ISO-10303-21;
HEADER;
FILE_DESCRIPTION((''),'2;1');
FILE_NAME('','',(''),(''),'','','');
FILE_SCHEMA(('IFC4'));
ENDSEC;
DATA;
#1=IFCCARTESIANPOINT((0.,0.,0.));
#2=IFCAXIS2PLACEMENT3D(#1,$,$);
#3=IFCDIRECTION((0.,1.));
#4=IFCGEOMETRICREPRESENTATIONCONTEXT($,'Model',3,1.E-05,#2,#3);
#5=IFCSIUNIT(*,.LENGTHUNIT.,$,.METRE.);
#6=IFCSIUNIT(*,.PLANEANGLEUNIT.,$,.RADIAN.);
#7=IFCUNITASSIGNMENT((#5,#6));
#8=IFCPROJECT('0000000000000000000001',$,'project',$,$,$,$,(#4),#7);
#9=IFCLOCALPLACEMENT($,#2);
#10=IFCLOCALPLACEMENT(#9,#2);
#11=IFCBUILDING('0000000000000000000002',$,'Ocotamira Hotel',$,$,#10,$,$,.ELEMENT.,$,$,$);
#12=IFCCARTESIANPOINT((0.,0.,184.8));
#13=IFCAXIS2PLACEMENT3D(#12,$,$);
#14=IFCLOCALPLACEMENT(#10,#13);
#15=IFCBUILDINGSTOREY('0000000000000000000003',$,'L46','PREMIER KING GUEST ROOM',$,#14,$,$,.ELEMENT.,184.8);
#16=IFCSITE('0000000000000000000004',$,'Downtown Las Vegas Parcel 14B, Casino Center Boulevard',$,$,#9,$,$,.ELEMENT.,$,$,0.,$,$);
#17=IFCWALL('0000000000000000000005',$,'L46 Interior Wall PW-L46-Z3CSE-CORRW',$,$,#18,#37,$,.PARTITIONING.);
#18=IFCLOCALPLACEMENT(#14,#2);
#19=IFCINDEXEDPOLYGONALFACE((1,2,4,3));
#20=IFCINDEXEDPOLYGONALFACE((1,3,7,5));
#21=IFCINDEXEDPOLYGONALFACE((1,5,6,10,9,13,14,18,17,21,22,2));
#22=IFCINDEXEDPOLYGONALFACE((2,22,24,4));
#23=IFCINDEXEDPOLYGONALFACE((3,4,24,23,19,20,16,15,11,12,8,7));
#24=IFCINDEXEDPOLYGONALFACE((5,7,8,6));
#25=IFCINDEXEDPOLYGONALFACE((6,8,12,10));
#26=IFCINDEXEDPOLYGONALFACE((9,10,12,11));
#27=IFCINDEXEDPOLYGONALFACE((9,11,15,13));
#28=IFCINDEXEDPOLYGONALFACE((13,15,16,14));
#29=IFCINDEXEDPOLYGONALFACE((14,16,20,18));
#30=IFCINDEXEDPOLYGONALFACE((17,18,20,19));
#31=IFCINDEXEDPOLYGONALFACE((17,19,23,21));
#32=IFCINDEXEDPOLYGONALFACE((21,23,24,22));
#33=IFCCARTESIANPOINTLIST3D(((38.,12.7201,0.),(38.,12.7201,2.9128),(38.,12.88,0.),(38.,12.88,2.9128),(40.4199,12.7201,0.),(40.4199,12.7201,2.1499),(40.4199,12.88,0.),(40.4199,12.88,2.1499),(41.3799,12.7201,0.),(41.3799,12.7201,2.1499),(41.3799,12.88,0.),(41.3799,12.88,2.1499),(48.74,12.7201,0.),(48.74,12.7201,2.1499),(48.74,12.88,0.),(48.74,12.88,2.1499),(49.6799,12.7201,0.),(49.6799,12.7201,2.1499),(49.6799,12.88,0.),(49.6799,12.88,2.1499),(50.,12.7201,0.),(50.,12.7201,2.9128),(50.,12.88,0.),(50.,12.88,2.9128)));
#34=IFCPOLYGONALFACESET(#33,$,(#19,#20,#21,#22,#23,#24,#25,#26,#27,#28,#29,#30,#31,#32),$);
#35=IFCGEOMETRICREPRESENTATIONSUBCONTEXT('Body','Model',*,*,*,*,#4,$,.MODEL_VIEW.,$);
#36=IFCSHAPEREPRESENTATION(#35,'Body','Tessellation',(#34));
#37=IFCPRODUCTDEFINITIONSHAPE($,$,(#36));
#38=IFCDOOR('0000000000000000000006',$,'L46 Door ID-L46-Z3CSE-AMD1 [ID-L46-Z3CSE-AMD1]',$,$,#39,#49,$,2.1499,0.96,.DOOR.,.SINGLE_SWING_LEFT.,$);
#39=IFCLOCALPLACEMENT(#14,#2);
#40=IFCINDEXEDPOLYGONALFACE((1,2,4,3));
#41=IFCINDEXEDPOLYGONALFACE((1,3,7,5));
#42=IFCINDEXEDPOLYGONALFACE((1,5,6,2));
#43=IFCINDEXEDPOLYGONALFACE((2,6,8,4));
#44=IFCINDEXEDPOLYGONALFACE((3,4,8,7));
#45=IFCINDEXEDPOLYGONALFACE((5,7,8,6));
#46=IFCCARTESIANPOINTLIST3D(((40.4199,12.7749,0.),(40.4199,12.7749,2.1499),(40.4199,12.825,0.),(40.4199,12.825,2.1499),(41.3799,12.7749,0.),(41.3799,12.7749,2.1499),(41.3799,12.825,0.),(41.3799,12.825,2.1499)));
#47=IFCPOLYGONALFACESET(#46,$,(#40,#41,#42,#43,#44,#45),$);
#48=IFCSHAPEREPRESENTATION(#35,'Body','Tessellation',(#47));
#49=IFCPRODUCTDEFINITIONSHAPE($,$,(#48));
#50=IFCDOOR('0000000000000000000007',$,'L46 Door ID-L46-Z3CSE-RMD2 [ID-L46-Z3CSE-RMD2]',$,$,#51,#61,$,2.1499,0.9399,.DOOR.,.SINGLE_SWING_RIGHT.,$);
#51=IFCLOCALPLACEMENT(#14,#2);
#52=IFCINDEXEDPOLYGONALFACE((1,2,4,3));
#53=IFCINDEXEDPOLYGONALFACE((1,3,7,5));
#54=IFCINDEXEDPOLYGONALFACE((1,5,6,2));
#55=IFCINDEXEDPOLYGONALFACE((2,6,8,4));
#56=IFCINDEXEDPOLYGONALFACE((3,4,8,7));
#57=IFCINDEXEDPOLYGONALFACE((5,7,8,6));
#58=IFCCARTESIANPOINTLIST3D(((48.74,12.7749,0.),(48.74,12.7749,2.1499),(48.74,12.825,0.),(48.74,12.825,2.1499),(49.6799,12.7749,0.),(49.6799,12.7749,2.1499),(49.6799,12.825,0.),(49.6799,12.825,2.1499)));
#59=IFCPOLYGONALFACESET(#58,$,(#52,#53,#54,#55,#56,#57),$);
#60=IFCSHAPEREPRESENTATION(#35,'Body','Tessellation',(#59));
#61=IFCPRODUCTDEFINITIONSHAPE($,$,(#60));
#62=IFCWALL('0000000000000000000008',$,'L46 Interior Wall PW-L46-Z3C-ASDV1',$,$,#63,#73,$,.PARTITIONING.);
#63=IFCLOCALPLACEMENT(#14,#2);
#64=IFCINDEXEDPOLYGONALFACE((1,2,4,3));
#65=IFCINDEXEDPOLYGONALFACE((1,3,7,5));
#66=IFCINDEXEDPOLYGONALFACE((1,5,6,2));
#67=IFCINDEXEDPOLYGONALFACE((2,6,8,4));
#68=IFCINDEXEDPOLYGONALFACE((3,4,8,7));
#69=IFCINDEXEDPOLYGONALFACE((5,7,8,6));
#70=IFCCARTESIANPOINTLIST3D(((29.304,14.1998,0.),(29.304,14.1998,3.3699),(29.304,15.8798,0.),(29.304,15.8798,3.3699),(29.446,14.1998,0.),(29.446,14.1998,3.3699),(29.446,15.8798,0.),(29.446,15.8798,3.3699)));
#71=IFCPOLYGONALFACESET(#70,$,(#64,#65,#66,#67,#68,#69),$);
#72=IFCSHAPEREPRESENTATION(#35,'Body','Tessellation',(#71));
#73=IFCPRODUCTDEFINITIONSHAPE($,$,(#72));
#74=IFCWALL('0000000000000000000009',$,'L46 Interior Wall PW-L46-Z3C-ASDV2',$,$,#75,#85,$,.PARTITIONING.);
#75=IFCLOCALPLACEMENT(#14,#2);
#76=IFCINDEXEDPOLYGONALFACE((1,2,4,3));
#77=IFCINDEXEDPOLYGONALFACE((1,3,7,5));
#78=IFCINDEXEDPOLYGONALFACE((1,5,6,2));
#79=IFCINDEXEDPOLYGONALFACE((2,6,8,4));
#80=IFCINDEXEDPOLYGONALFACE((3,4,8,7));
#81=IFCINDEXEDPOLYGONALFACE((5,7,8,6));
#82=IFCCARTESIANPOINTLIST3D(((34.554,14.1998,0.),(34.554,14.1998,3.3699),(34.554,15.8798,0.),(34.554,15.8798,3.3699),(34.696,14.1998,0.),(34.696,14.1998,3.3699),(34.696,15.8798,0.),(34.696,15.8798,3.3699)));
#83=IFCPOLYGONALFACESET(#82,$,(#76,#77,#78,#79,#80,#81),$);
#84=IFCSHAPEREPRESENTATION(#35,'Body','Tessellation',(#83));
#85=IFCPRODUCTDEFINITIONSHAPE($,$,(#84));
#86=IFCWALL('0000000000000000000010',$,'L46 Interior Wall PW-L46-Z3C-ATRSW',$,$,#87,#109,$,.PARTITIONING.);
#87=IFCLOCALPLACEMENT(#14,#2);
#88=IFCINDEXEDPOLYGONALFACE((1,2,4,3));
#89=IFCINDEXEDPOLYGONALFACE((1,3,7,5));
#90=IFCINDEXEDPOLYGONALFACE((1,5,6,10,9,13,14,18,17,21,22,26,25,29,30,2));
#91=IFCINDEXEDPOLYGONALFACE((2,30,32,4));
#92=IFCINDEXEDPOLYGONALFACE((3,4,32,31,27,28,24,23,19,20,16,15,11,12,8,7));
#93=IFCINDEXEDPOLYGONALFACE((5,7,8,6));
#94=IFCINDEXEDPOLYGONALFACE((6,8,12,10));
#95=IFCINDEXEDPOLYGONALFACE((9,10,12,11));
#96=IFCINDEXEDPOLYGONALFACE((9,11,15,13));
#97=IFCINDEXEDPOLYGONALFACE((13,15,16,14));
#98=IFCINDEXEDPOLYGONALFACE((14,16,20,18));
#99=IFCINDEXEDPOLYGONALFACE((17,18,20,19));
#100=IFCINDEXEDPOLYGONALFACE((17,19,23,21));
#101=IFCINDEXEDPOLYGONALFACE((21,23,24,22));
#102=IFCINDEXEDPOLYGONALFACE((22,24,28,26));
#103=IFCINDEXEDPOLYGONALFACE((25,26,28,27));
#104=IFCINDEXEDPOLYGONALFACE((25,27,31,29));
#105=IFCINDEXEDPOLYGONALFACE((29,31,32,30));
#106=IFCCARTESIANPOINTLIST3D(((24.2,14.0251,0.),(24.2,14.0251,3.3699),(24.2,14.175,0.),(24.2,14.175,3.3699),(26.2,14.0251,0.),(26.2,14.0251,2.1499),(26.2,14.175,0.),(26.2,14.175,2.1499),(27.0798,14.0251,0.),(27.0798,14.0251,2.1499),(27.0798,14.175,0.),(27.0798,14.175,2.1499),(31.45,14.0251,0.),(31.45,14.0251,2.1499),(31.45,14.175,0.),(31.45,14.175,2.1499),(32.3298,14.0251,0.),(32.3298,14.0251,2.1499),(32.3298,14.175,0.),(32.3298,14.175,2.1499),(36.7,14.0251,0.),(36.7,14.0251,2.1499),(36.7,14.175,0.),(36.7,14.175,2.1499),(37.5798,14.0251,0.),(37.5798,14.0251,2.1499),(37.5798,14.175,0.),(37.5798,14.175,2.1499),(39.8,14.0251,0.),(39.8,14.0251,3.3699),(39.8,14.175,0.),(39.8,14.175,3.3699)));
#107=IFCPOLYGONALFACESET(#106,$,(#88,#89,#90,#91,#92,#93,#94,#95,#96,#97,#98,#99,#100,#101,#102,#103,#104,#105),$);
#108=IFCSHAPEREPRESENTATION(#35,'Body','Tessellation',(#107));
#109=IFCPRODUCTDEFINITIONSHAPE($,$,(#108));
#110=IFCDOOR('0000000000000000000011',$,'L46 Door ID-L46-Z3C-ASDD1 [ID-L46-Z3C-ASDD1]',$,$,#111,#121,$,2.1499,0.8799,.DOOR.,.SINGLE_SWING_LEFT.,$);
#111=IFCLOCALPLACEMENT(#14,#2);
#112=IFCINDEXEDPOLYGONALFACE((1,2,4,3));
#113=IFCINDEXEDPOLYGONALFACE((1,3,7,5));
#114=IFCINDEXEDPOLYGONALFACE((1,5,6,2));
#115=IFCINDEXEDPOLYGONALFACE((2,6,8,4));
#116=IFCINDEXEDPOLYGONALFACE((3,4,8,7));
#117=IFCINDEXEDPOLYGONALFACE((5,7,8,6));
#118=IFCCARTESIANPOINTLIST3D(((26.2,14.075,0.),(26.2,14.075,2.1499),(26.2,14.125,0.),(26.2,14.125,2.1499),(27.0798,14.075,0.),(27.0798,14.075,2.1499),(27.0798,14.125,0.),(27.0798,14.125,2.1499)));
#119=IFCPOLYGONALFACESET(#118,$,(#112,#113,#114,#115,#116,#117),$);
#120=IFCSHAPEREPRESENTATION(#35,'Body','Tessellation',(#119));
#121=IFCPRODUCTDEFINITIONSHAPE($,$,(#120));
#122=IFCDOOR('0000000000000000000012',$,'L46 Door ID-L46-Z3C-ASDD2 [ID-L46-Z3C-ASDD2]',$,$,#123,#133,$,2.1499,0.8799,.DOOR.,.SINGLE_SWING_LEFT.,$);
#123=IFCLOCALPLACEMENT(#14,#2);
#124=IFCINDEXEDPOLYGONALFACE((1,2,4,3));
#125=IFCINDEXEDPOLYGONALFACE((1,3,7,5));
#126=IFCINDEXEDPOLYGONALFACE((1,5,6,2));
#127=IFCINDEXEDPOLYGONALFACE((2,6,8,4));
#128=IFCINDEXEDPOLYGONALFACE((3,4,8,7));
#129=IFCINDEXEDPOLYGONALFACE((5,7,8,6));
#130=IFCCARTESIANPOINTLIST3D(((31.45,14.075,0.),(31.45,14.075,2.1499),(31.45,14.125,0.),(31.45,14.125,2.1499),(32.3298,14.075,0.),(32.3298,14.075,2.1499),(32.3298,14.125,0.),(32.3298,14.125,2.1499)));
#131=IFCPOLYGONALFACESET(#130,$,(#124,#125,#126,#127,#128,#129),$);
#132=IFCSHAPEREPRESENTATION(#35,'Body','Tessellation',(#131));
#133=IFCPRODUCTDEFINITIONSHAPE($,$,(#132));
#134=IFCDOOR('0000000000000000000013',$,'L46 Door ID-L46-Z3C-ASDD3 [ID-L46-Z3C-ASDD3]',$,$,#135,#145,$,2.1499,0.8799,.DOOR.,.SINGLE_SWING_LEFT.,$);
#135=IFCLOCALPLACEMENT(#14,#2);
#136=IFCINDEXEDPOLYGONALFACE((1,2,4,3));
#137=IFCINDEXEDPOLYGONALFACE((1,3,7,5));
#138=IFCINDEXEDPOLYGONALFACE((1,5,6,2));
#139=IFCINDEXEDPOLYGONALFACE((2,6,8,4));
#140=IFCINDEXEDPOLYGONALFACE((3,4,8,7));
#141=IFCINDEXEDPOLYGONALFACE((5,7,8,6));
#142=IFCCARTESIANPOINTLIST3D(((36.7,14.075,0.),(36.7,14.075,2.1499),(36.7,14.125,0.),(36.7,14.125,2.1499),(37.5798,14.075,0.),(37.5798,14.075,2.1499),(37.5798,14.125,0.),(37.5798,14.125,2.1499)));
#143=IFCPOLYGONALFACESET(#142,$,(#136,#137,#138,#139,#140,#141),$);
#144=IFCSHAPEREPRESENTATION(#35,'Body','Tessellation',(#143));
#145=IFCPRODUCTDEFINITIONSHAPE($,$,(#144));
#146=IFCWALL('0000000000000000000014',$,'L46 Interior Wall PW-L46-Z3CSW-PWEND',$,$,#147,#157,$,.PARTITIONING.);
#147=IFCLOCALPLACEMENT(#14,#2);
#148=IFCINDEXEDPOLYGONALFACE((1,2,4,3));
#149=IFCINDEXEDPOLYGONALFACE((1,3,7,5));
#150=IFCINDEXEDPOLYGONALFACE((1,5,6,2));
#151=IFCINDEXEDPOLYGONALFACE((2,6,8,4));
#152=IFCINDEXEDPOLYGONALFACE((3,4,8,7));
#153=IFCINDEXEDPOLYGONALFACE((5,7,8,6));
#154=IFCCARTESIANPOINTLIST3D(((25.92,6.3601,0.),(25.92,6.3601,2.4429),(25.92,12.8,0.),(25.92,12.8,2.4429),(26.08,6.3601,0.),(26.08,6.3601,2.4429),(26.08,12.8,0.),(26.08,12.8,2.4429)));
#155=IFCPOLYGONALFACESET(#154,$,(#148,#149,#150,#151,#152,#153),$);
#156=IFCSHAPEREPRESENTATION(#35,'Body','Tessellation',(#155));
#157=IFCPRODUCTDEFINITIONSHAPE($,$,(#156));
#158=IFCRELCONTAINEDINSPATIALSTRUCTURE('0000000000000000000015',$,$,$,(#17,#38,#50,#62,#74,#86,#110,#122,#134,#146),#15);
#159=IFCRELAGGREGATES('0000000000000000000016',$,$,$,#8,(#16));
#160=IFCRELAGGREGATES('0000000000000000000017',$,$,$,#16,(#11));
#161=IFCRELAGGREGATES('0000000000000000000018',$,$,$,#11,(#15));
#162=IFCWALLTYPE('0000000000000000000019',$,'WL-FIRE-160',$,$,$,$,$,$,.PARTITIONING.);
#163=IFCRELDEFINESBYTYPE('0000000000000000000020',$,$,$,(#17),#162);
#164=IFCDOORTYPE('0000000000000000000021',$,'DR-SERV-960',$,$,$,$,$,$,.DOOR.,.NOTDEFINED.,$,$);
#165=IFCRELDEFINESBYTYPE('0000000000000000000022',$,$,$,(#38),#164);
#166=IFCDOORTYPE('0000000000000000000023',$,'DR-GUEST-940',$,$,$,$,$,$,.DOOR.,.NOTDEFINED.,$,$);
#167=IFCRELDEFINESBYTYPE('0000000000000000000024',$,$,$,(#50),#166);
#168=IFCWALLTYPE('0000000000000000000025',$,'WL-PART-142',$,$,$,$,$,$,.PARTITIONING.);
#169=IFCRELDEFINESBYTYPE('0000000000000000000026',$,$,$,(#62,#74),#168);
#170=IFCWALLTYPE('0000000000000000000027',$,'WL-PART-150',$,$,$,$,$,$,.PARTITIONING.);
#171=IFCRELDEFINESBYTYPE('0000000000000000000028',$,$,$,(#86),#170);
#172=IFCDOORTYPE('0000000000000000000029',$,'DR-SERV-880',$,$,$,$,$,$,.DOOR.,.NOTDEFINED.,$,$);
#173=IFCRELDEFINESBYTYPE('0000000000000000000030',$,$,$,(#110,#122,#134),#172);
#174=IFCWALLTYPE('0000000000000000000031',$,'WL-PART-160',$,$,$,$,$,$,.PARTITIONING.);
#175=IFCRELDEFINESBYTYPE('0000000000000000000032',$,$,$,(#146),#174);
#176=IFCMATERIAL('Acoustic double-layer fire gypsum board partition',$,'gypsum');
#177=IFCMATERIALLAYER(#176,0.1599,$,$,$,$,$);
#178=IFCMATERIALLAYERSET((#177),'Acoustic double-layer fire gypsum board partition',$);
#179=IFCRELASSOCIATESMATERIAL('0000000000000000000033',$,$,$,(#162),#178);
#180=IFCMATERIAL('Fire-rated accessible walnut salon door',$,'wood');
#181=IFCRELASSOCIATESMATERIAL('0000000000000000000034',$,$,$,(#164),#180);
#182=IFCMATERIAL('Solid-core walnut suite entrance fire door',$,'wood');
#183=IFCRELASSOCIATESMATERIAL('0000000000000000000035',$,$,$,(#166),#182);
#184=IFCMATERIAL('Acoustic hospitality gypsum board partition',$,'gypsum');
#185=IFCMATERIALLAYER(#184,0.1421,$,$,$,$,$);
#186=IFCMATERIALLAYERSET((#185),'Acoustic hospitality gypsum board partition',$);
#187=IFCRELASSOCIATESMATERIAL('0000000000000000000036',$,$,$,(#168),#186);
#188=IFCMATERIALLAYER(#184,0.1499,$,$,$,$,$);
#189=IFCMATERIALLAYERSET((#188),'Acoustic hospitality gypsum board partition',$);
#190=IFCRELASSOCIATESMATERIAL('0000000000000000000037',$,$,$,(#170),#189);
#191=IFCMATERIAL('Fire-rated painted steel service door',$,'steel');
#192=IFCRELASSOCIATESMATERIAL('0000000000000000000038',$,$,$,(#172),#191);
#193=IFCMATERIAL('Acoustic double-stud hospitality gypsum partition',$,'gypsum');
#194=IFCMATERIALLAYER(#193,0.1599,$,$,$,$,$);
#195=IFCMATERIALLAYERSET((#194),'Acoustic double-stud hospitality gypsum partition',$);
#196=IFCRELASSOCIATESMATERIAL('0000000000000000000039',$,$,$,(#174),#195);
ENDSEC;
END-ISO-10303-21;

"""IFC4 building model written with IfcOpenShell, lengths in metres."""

from ifc_helpers import new_model, si_unit, direction, frame, frame_2d, origin, place, context, subcontext, project, spatial, rectangle, extrude, source, transform, mapped, material, layer, layer_set, type_object, element, fill, save


model = new_model("IFC4")

# Units and contexts
model_context = context("Model", 3, precision=1e-05, world=origin(), true_north=direction((0.0, 1.0)))
body_context = subcontext(model_context, "Body", "Model", "MODEL_VIEW")
ifc_project = project(units=[si_unit("LENGTHUNIT", "METRE"), si_unit("PLANEANGLEUNIT", "RADIAN")], contexts=[model_context])

# Site, building, storey
site_placement = place(None, origin())
site = spatial("IfcSite", under=ifc_project, at=site_placement, Name="Downtown Las Vegas Parcel 14B, Casino Center Boulevard", CompositionType="ELEMENT", RefElevation=0.0)
building_placement = place(site_placement, origin())
building = spatial("IfcBuilding", under=site, at=building_placement, Name="Ocotamira Hotel", CompositionType="ELEMENT")
storey_placement = place(building_placement, frame((0.0, 0.0, 184.8)))
storey = spatial("IfcBuildingStorey", under=building, at=storey_placement, Name="L46", Description="PREMIER KING GUEST ROOM", CompositionType="ELEMENT", Elevation=184.8)

# Shared definitions
ifc_material_1 = material(Name="Acoustic double-layer fire gypsum board partition", Category="gypsum")
ifc_layer_1 = layer(ifc_material_1, 0.1599)
ifc_layer_set_1 = layer_set([ifc_layer_1], Name="Acoustic double-layer fire gypsum board partition")
wall_type_1 = type_object("IfcWallType", Name="WL-FIRE-160", PredefinedType="PARTITIONING", material=ifc_layer_set_1)
ifc_material_2 = material(Name="Fire-rated accessible walnut salon door", Category="wood")
door_type_1 = type_object("IfcDoorType", Name="DR-SERV-960", OperationType="NOTDEFINED", PredefinedType="DOOR", material=ifc_material_2)
shared_shape_1 = source(origin(), body_context, "Body", "SweptSolid", [
    extrude(rectangle(XDim=0.96, YDim=2.1499, at=frame_2d((0.48, 1.075))), frame((0.0, 0.0249, 0.0), z_axis=(0.0, -1.0, 0.0), x_axis=(1.0, 0.0, 0.0)), (0.0, 0.0, 1.0), 0.05),
])

# Wall, openings, doors
wall_1_placement = place(storey_placement, frame((38.0, 12.8, 0.0), z_axis=(0.0, 0.0, 1.0), x_axis=(1.0, 0.0, 0.0)))
wall_1 = element("IfcWall", 1, at=wall_1_placement, inside=storey, type_object=wall_type_1, Name="L46 Interior Wall PW-L46-Z3CSE-CORRW", PredefinedType="PARTITIONING", context=body_context, shape_type="SweptSolid", body=[
    extrude(rectangle(XDim=12.0, YDim=0.1599, at=frame_2d((6.0, 0.0))), origin(), (0.0, 0.0, 1.0), 2.9128),
])
opening_1_placement = place(wall_1_placement, frame((2.4199, 0.0, 0.0)))
opening_1 = element("IfcOpeningElement", 2, at=opening_1_placement, cuts=wall_1, PredefinedType="OPENING", context=body_context, shape_type="SweptSolid", body=[
    extrude(rectangle(XDim=0.96, YDim=2.1499, at=frame_2d((0.48, 1.075))), frame((0.0, 0.0898, 0.0), z_axis=(0.0, -1.0, 0.0), x_axis=(1.0, 0.0, 0.0)), (0.0, 0.0, 1.0), 0.1799),
])
opening_2_placement = place(wall_1_placement, frame((10.74, 0.0, 0.0)))
opening_2 = element("IfcOpeningElement", 3, at=opening_2_placement, cuts=wall_1, PredefinedType="OPENING", context=body_context, shape_type="SweptSolid", body=[
    extrude(rectangle(XDim=0.9399, YDim=2.1499, at=frame_2d((0.47, 1.075))), frame((0.0, 0.0898, 0.0), z_axis=(0.0, -1.0, 0.0), x_axis=(1.0, 0.0, 0.0)), (0.0, 0.0, 1.0), 0.1799),
])
door_1_placement = place(opening_1_placement, origin())
door_1 = element("IfcDoor", 4, at=door_1_placement, inside=storey, type_object=door_type_1, Name="L46 Door ID-L46-Z3CSE-AMD1 [ID-L46-Z3CSE-AMD1]", OperationType="SINGLE_SWING_LEFT", OverallHeight=2.1499, OverallWidth=0.96, PredefinedType="DOOR", context=body_context, shape_type="MappedRepresentation", body=[
    mapped(shared_shape_1, transform((0.0, 0.0, 0.0), scale=1.0)),
])
fill(opening_1, door_1)
ifc_material_3 = material(Name="Solid-core walnut suite entrance fire door", Category="wood")
door_type_2 = type_object("IfcDoorType", Name="DR-GUEST-940", OperationType="NOTDEFINED", PredefinedType="DOOR", material=ifc_material_3)
shared_shape_2 = source(origin(), body_context, "Body", "SweptSolid", [
    extrude(rectangle(XDim=0.9399, YDim=2.1499, at=frame_2d((0.47, 1.075))), frame((0.0, 0.0249, 0.0), z_axis=(0.0, -1.0, 0.0), x_axis=(1.0, 0.0, 0.0)), (0.0, 0.0, 1.0), 0.05),
])
door_2_placement = place(opening_2_placement, origin())
door_2 = element("IfcDoor", 5, at=door_2_placement, inside=storey, type_object=door_type_2, Name="L46 Door ID-L46-Z3CSE-RMD2 [ID-L46-Z3CSE-RMD2]", OperationType="SINGLE_SWING_RIGHT", OverallHeight=2.1499, OverallWidth=0.9399, PredefinedType="DOOR", context=body_context, shape_type="MappedRepresentation", body=[
    mapped(shared_shape_2, transform((0.0, 0.0, 0.0), scale=1.0)),
])
fill(opening_2, door_2)

# Walls
ifc_material_4 = material(Name="Acoustic hospitality gypsum board partition", Category="gypsum")
ifc_layer_2 = layer(ifc_material_4, 0.1421)
ifc_layer_set_2 = layer_set([ifc_layer_2], Name="Acoustic hospitality gypsum board partition")
wall_type_2 = type_object("IfcWallType", Name="WL-PART-142", PredefinedType="PARTITIONING", material=ifc_layer_set_2)
for number, where, z_axis, x_axis, name in (
    (6, (29.375, 14.2, 0.0), (0.0, 0.0, 1.0), (0.0, 1.0, 0.0), "L46 Interior Wall PW-L46-Z3C-ASDV1"),
    (7, (34.625, 14.2, 0.0), (0.0, 0.0, 1.0), (0.0, 1.0, 0.0), "L46 Interior Wall PW-L46-Z3C-ASDV2"),
):
    element("IfcWall", number, at=place(storey_placement, frame(where, z_axis=z_axis, x_axis=x_axis)), inside=storey, type_object=wall_type_2, Name=name, PredefinedType="PARTITIONING", context=body_context, shape_type="SweptSolid", body=[
        extrude(rectangle(XDim=1.6799, YDim=0.1421, at=frame_2d((0.8398, 0.0))), origin(), (0.0, 0.0, 1.0), 3.3699),
    ])

# Wall, openings, doors
ifc_layer_3 = layer(ifc_material_4, 0.1499)
ifc_layer_set_3 = layer_set([ifc_layer_3], Name="Acoustic hospitality gypsum board partition")
wall_type_3 = type_object("IfcWallType", Name="WL-PART-150", PredefinedType="PARTITIONING", material=ifc_layer_set_3)
wall_2_placement = place(storey_placement, frame((24.2, 14.1001, 0.0), z_axis=(0.0, 0.0, 1.0), x_axis=(1.0, 0.0, 0.0)))
wall_2 = element("IfcWall", 8, at=wall_2_placement, inside=storey, type_object=wall_type_3, Name="L46 Interior Wall PW-L46-Z3C-ATRSW", PredefinedType="PARTITIONING", context=body_context, shape_type="SweptSolid", body=[
    extrude(rectangle(XDim=15.6001, YDim=0.1499, at=frame_2d((7.8, 0.0))), origin(), (0.0, 0.0, 1.0), 3.3699),
])
opening_3_placement = place(wall_2_placement, frame((2.0, 0.0, 0.0)))
opening_3 = element("IfcOpeningElement", 9, at=opening_3_placement, cuts=wall_2, PredefinedType="OPENING", context=body_context, shape_type="SweptSolid", body=[
    extrude(rectangle(XDim=0.8799, YDim=2.1499, at=frame_2d((0.4399, 1.075))), frame((0.0, 0.085, 0.0), z_axis=(0.0, -1.0, 0.0), x_axis=(1.0, 0.0, 0.0)), (0.0, 0.0, 1.0), 0.1699),
])
opening_4_placement = place(wall_2_placement, frame((7.25, 0.0, 0.0)))
opening_4 = element("IfcOpeningElement", 10, at=opening_4_placement, cuts=wall_2, PredefinedType="OPENING", context=body_context, shape_type="SweptSolid", body=[
    extrude(rectangle(XDim=0.8799, YDim=2.1499, at=frame_2d((0.4399, 1.075))), frame((0.0, 0.085, 0.0), z_axis=(0.0, -1.0, 0.0), x_axis=(1.0, 0.0, 0.0)), (0.0, 0.0, 1.0), 0.1699),
])
opening_5_placement = place(wall_2_placement, frame((12.5, 0.0, 0.0)))
opening_5 = element("IfcOpeningElement", 11, at=opening_5_placement, cuts=wall_2, PredefinedType="OPENING", context=body_context, shape_type="SweptSolid", body=[
    extrude(rectangle(XDim=0.8799, YDim=2.1499, at=frame_2d((0.4399, 1.075))), frame((0.0, 0.085, 0.0), z_axis=(0.0, -1.0, 0.0), x_axis=(1.0, 0.0, 0.0)), (0.0, 0.0, 1.0), 0.1699),
])
ifc_material_5 = material(Name="Fire-rated painted steel service door", Category="steel")
door_type_3 = type_object("IfcDoorType", Name="DR-SERV-880", OperationType="NOTDEFINED", PredefinedType="DOOR", material=ifc_material_5)
shared_shape_3 = source(origin(), body_context, "Body", "SweptSolid", [
    extrude(rectangle(XDim=0.8799, YDim=2.1499, at=frame_2d((0.4399, 1.075))), frame((0.0, 0.0249, 0.0), z_axis=(0.0, -1.0, 0.0), x_axis=(1.0, 0.0, 0.0)), (0.0, 0.0, 1.0), 0.05),
])
door_3_placement = place(opening_3_placement, origin())
door_3 = element("IfcDoor", 12, at=door_3_placement, inside=storey, type_object=door_type_3, Name="L46 Door ID-L46-Z3C-ASDD1 [ID-L46-Z3C-ASDD1]", OperationType="SINGLE_SWING_LEFT", OverallHeight=2.1499, OverallWidth=0.8799, PredefinedType="DOOR", context=body_context, shape_type="MappedRepresentation", body=[
    mapped(shared_shape_3, transform((0.0, 0.0, 0.0), scale=1.0)),
])
fill(opening_3, door_3)
door_4_placement = place(opening_4_placement, origin())
door_4 = element("IfcDoor", 13, at=door_4_placement, inside=storey, type_object=door_type_3, Name="L46 Door ID-L46-Z3C-ASDD2 [ID-L46-Z3C-ASDD2]", OperationType="SINGLE_SWING_LEFT", OverallHeight=2.1499, OverallWidth=0.8799, PredefinedType="DOOR", context=body_context, shape_type="MappedRepresentation", body=[
    mapped(shared_shape_3, transform((0.0, 0.0, 0.0), scale=1.0)),
])
fill(opening_4, door_4)
door_5_placement = place(opening_5_placement, origin())
door_5 = element("IfcDoor", 14, at=door_5_placement, inside=storey, type_object=door_type_3, Name="L46 Door ID-L46-Z3C-ASDD3 [ID-L46-Z3C-ASDD3]", OperationType="SINGLE_SWING_LEFT", OverallHeight=2.1499, OverallWidth=0.8799, PredefinedType="DOOR", context=body_context, shape_type="MappedRepresentation", body=[
    mapped(shared_shape_3, transform((0.0, 0.0, 0.0), scale=1.0)),
])
fill(opening_5, door_5)

# Wall
ifc_material_6 = material(Name="Acoustic double-stud hospitality gypsum partition", Category="gypsum")
ifc_layer_4 = layer(ifc_material_6, 0.1599)
ifc_layer_set_4 = layer_set([ifc_layer_4], Name="Acoustic double-stud hospitality gypsum partition")
wall_type_4 = type_object("IfcWallType", Name="WL-PART-160", PredefinedType="PARTITIONING", material=ifc_layer_set_4)
for number, where, z_axis, x_axis, name in (
    (15, (26.0, 6.3601, 0.0), (0.0, 0.0, 1.0), (0.0, 1.0, 0.0), "L46 Interior Wall PW-L46-Z3CSW-PWEND"),
):
    element("IfcWall", number, at=place(storey_placement, frame(where, z_axis=z_axis, x_axis=x_axis)), inside=storey, type_object=wall_type_4, Name=name, PredefinedType="PARTITIONING", context=body_context, shape_type="SweptSolid", body=[
        extrude(rectangle(XDim=6.4399, YDim=0.1599, at=frame_2d((3.22, 0.0))), origin(), (0.0, 0.0, 1.0), 2.4429),
    ])

save(model, "model.ifc")
